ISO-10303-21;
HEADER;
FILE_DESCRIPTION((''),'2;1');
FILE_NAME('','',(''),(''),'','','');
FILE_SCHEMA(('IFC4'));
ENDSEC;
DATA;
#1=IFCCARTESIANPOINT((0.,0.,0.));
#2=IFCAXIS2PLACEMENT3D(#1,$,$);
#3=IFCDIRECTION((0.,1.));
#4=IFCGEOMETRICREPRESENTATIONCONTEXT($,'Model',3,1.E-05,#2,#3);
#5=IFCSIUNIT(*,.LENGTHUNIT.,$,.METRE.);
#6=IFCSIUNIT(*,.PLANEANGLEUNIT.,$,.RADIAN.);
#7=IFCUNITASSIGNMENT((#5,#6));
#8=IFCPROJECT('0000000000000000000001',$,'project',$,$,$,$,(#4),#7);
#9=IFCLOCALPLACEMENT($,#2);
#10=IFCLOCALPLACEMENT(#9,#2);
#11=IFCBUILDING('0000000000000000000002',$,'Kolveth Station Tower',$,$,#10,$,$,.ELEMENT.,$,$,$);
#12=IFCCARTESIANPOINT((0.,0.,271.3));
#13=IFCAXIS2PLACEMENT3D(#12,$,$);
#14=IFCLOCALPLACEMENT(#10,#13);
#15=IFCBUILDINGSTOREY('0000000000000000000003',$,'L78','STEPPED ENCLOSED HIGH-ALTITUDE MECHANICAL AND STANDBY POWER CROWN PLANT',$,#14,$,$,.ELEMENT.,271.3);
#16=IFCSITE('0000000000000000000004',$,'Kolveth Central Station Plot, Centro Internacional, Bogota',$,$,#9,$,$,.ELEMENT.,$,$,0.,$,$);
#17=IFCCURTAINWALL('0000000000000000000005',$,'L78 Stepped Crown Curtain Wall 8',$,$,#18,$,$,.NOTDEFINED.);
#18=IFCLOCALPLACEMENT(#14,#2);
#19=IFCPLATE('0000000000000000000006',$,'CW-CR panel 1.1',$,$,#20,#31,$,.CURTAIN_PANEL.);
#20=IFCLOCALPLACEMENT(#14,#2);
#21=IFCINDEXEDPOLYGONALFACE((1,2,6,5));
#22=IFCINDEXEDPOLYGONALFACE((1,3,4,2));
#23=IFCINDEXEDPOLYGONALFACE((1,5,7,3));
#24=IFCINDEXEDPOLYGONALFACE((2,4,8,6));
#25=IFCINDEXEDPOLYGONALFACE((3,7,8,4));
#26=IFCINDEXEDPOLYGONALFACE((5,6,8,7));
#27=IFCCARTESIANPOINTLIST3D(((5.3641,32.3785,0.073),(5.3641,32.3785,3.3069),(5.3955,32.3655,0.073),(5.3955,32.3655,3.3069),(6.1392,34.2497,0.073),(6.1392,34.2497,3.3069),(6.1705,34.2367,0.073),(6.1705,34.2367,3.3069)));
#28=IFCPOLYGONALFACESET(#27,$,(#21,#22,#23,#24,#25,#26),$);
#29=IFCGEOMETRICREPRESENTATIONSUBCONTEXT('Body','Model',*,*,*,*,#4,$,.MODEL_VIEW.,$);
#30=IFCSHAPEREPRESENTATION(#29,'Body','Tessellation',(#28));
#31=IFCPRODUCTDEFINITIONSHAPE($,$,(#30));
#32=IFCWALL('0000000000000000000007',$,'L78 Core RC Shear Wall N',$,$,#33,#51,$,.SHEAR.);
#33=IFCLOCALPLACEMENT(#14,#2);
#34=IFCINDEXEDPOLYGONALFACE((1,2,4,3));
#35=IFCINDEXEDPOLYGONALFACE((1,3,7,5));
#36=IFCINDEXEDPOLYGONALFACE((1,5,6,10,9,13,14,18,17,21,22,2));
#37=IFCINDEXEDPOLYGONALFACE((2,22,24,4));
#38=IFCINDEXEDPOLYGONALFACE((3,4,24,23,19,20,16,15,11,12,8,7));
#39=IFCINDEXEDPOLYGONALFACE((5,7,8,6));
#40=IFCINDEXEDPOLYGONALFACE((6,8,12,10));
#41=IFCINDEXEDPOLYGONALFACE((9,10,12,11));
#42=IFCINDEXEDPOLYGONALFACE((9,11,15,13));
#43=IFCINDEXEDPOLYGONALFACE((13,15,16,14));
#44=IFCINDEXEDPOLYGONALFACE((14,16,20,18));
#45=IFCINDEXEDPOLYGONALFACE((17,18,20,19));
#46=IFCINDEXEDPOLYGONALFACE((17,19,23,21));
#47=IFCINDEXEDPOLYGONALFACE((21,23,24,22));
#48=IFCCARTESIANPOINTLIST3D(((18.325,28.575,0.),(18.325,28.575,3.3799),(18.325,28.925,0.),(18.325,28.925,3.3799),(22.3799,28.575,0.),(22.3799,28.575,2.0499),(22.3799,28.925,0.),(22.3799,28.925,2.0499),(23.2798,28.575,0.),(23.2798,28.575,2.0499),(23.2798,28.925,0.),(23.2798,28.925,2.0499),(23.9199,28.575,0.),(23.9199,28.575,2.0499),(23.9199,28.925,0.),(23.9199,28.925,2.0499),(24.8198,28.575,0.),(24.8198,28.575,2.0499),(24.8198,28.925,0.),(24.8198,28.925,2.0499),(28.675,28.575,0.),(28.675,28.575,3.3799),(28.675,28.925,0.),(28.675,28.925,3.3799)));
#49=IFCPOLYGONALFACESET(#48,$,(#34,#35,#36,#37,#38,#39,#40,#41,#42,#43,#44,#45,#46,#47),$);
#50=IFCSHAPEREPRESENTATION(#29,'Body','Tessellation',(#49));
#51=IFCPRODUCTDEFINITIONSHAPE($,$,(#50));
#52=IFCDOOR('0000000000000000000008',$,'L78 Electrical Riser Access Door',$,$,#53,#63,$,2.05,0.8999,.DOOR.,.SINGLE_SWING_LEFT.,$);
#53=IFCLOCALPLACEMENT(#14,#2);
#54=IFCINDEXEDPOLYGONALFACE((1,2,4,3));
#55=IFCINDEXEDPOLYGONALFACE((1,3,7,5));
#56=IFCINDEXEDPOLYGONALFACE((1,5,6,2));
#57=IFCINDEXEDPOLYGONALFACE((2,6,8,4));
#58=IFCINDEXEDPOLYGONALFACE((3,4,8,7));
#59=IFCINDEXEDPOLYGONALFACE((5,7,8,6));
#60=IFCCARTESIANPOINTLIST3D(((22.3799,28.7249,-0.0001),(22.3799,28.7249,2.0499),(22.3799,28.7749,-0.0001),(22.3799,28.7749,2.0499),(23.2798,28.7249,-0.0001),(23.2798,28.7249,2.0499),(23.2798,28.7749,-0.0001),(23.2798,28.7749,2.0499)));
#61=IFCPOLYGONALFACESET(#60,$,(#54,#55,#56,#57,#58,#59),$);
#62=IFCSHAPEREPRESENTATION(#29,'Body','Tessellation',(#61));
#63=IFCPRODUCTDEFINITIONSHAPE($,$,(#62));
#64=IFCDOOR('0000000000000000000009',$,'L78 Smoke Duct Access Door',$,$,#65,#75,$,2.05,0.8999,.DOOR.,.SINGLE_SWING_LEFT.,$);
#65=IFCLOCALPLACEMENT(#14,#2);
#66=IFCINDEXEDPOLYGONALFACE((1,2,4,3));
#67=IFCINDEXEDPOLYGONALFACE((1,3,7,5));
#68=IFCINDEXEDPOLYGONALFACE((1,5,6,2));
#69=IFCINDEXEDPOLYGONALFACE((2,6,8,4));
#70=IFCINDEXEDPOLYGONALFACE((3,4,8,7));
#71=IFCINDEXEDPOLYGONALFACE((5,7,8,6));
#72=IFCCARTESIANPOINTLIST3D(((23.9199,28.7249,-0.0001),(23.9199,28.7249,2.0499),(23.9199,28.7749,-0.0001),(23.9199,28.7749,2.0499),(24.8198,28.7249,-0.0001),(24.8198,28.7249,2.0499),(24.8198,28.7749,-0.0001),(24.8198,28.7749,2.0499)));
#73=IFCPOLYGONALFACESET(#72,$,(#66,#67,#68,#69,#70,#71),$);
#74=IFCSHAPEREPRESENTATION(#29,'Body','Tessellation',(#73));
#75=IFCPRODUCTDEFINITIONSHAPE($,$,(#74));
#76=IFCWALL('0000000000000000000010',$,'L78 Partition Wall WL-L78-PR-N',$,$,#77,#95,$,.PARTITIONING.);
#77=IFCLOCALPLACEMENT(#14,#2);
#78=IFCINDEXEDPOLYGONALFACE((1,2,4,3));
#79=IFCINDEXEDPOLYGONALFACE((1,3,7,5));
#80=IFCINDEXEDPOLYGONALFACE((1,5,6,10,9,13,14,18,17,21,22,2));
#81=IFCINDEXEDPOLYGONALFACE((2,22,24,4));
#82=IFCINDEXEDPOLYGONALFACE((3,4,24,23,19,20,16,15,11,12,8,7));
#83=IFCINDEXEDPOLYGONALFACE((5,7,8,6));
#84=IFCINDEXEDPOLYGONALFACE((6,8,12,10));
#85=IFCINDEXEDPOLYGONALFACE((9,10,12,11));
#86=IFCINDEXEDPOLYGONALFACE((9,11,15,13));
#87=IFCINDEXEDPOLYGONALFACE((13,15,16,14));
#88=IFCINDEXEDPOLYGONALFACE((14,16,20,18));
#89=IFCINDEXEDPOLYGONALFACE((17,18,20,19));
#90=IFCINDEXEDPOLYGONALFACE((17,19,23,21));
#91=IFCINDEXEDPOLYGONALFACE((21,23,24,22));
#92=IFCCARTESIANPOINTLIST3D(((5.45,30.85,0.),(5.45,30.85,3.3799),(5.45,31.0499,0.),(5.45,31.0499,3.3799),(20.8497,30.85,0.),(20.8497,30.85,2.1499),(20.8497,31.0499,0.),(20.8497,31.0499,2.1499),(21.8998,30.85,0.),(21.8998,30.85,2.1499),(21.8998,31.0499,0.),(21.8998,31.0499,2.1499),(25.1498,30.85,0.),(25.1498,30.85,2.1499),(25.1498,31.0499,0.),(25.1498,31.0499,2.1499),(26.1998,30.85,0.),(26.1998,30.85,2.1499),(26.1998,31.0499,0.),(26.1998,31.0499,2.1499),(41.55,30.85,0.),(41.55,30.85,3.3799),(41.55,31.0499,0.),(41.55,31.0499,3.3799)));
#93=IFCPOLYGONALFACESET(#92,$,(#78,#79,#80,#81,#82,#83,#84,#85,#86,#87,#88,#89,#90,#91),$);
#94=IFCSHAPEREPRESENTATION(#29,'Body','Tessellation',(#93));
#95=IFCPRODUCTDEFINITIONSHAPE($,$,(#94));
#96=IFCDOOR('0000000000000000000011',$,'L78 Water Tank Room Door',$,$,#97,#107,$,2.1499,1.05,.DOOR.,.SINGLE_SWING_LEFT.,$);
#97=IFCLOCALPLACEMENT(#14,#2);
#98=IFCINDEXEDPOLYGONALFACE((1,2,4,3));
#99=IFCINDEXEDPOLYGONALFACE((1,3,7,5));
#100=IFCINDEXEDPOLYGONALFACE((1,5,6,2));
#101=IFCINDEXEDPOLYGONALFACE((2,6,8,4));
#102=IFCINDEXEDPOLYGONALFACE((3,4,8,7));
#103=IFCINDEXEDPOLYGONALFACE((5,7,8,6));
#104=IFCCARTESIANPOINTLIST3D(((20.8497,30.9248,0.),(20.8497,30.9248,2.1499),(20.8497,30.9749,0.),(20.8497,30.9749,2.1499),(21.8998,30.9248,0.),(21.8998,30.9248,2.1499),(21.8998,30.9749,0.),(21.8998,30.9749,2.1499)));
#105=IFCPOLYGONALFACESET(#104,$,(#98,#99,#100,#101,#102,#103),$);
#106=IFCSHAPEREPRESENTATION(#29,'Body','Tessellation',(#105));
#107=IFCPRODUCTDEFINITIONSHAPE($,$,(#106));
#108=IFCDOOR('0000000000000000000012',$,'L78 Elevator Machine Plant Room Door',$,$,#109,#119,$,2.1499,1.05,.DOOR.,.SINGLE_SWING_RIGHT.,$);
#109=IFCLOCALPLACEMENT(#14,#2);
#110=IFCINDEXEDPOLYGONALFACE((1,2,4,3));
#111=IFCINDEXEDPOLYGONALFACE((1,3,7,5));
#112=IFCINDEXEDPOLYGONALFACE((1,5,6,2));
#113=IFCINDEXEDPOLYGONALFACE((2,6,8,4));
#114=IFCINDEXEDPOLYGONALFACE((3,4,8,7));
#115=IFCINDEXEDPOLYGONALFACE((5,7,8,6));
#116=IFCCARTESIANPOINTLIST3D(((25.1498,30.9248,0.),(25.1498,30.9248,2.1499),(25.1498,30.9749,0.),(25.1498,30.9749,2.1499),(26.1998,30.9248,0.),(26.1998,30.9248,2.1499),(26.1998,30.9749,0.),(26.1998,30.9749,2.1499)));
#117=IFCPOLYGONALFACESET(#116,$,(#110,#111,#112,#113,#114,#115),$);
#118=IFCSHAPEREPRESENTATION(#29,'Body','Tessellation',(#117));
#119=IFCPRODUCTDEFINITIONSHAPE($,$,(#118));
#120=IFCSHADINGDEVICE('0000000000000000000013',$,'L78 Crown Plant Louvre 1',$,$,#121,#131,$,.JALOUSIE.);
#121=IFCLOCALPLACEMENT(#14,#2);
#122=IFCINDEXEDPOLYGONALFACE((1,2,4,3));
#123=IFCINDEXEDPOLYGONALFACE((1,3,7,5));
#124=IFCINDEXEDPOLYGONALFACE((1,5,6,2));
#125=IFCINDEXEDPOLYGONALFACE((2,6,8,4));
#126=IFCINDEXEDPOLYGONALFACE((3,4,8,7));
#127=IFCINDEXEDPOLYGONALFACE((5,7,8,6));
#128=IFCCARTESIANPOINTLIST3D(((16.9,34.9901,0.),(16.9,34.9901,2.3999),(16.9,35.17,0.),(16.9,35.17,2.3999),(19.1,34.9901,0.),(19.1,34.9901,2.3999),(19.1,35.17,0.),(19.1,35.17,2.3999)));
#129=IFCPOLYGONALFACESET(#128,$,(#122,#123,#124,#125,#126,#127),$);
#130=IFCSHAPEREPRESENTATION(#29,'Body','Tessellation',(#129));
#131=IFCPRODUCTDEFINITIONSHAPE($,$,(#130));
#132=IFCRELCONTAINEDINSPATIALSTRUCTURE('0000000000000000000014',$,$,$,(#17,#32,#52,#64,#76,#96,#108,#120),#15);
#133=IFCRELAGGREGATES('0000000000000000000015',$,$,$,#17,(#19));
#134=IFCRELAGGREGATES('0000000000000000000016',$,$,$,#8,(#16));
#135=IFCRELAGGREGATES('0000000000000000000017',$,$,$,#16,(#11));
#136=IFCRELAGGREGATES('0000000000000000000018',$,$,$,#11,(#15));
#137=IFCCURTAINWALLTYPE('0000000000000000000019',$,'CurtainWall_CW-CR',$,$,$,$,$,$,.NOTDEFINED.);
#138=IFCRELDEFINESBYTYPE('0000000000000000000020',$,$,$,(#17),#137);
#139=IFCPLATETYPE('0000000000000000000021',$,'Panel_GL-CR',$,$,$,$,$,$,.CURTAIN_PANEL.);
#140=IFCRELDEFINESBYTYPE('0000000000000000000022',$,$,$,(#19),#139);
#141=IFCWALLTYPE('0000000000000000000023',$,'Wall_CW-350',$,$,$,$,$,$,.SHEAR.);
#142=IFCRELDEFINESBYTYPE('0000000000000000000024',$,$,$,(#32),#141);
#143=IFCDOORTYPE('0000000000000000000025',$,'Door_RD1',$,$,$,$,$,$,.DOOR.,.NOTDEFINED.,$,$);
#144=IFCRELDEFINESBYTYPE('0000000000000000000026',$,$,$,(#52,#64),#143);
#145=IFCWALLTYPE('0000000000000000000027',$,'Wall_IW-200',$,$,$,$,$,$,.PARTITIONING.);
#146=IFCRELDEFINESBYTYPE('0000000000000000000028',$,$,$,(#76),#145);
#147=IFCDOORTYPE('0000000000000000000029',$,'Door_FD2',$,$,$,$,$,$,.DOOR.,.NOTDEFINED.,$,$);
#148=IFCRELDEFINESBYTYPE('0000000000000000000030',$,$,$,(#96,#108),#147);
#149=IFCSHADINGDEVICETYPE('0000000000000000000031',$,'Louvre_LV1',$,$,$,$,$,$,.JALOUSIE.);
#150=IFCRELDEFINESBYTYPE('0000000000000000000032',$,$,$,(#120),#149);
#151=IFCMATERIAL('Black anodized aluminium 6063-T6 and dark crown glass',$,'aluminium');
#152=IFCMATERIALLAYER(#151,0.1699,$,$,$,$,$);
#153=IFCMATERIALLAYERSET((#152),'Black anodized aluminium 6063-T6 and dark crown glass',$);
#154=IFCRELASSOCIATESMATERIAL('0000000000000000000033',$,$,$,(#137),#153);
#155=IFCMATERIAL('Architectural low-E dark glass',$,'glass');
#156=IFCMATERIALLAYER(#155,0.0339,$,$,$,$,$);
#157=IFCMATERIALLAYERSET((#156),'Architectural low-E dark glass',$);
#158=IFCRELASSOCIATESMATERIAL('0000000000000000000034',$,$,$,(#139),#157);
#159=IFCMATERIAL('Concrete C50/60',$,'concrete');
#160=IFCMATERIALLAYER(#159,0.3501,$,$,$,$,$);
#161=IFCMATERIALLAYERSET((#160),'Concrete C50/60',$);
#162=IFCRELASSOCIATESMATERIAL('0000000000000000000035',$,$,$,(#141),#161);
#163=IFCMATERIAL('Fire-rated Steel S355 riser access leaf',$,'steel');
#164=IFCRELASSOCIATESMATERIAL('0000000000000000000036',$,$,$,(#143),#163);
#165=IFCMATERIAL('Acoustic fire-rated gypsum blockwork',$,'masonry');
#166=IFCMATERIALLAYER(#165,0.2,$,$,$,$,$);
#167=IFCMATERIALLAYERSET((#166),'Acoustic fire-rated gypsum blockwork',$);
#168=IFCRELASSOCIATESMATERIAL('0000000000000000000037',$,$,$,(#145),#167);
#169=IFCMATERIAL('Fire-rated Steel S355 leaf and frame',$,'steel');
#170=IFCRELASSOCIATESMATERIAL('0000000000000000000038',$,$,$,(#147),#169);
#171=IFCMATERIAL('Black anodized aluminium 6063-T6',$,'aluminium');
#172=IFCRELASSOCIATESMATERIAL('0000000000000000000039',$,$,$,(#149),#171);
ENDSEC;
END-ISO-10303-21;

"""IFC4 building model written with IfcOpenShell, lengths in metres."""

from ifc_helpers import new_model, si_unit, direction, frame, frame_2d, origin, origin_2d, place, context, subcontext, project, spatial, rectangle, extrude, source, transform, mapped, material, layer, layer_set, type_object, element, fill, aggregate, save


model = new_model("IFC4")

# Units and contexts
model_context = context("Model", 3, precision=1e-05, world=origin(), true_north=direction((0.0, 1.0)))
body_context = subcontext(model_context, "Body", "Model", "MODEL_VIEW")
ifc_project = project(units=[si_unit("LENGTHUNIT", "METRE"), si_unit("PLANEANGLEUNIT", "RADIAN")], contexts=[model_context])

# Site, building, storey
site_placement = place(None, origin())
site = spatial("IfcSite", under=ifc_project, at=site_placement, Name="Kolveth Central Station Plot, Centro Internacional, Bogota", CompositionType="ELEMENT", RefElevation=0.0)
building_placement = place(site_placement, origin())
building = spatial("IfcBuilding", under=site, at=building_placement, Name="Kolveth Station Tower", CompositionType="ELEMENT")
storey_placement = place(building_placement, frame((0.0, 0.0, 271.3)))
storey = spatial("IfcBuildingStorey", under=building, at=storey_placement, Name="L78", Description="STEPPED ENCLOSED HIGH-ALTITUDE MECHANICAL AND STANDBY POWER CROWN PLANT", CompositionType="ELEMENT", Elevation=271.3)

# Shared definitions
ifc_material_1 = material(Name="Black anodized aluminium 6063-T6 and dark crown glass", Category="aluminium")
ifc_layer_1 = layer(ifc_material_1, 0.1699)
ifc_layer_set_1 = layer_set([ifc_layer_1], Name="Black anodized aluminium 6063-T6 and dark crown glass")
curtain_wall_type = type_object("IfcCurtainWallType", Name="CurtainWall_CW-CR", PredefinedType="NOTDEFINED", material=ifc_layer_set_1)
ifc_material_2 = material(Name="Black anodized aluminium 6063-T6", Category="aluminium")

# Curtain wall
curtain_wall_1_placement = place(storey_placement, origin())
curtain_wall_1 = element("IfcCurtainWall", 1, at=curtain_wall_1_placement, inside=storey, type_object=curtain_wall_type, Name="L78 Stepped Crown Curtain Wall 8", PredefinedType="NOTDEFINED")

# Plate
ifc_material_3 = material(Name="Architectural low-E dark glass", Category="glass")
ifc_layer_2 = layer(ifc_material_3, 0.0339)
ifc_layer_set_2 = layer_set([ifc_layer_2], Name="Architectural low-E dark glass")
plate_type_1 = type_object("IfcPlateType", Name="Panel_GL-CR", PredefinedType="CURTAIN_PANEL", material=ifc_layer_set_2)
shared_shape_1 = source(origin(), body_context, "Body", "SweptSolid", [
    extrude(rectangle(XDim=2.0254, YDim=0.0339, at=origin_2d()), origin(), (0.0, 0.0, 1.0), 3.2339),
])
plate_1_placement = place(storey_placement, frame((5.7673, 33.3076, 0.073), z_axis=(0.0, 0.0, 1.0), x_axis=(-0.382658, -0.92389, 0.0)))
plate_1 = element("IfcPlate", 2, at=plate_1_placement, type_object=plate_type_1, Name="CW-CR panel 1.1", PredefinedType="CURTAIN_PANEL", context=body_context, shape_type="MappedRepresentation", body=[
    mapped(shared_shape_1, transform((0.0, 0.0, 0.0), x_axis=(1.0, 0.0, 0.0), y_axis=(0.0, 1.0, 0.0), z_axis=(0.0, 0.0, 1.0), scale=1.0)),
])
aggregate(curtain_wall_1, [plate_1])

# Walls, openings, doors
ifc_material_4 = material(Name="Concrete C50/60", Category="concrete")
ifc_layer_3 = layer(ifc_material_4, 0.3501)
ifc_layer_set_3 = layer_set([ifc_layer_3], Name="Concrete C50/60")
wall_type_1 = type_object("IfcWallType", Name="Wall_CW-350", PredefinedType="SHEAR", material=ifc_layer_set_3)
wall_1_placement = place(storey_placement, frame((18.325, 28.75, 0.0), z_axis=(0.0, 0.0, 1.0), x_axis=(1.0, 0.0, 0.0)))
wall_1 = element("IfcWall", 3, at=wall_1_placement, inside=storey, type_object=wall_type_1, Name="L78 Core RC Shear Wall N", PredefinedType="SHEAR", context=body_context, shape_type="SweptSolid", body=[
    extrude(rectangle(XDim=10.3501, YDim=0.3501, at=frame_2d((5.175, 0.0))), origin(), (0.0, 0.0, 1.0), 3.3799),
])
opening_1_placement = place(wall_1_placement, frame((4.0549, 0.0, 0.0)))
opening_1 = element("IfcOpeningElement", 4, at=opening_1_placement, cuts=wall_1, PredefinedType="OPENING", context=body_context, shape_type="SweptSolid", body=[
    extrude(rectangle(XDim=0.8999, YDim=2.05, at=frame_2d((0.45, 1.0249))), frame((0.0, 0.1851, 0.0), z_axis=(0.0, -1.0, 0.0), x_axis=(1.0, 0.0, 0.0)), (0.0, 0.0, 1.0), 0.3701),
])
opening_2_placement = place(wall_1_placement, frame((5.595, 0.0, 0.0)))
opening_2 = element("IfcOpeningElement", 5, at=opening_2_placement, cuts=wall_1, PredefinedType="OPENING", context=body_context, shape_type="SweptSolid", body=[
    extrude(rectangle(XDim=0.8999, YDim=2.05, at=frame_2d((0.45, 1.0249))), frame((0.0, 0.1851, 0.0), z_axis=(0.0, -1.0, 0.0), x_axis=(1.0, 0.0, 0.0)), (0.0, 0.0, 1.0), 0.3701),
])
ifc_material_5 = material(Name="Fire-rated Steel S355 riser access leaf", Category="steel")
door_type_1 = type_object("IfcDoorType", Name="Door_RD1", OperationType="NOTDEFINED", PredefinedType="DOOR", material=ifc_material_5)
door_1_placement = place(opening_1_placement, origin())
door_1 = element("IfcDoor", 6, at=door_1_placement, inside=storey, type_object=door_type_1, Name="L78 Electrical Riser Access Door", OperationType="SINGLE_SWING_LEFT", OverallHeight=2.05, OverallWidth=0.8999, PredefinedType="DOOR", context=body_context, shape_type="SweptSolid", body=[
    extrude(rectangle(XDim=0.8999, YDim=2.05, at=frame_2d((0.45, 1.0249))), frame((0.0, 0.0249, 0.0), z_axis=(0.0, -1.0, 0.0), x_axis=(1.0, 0.0, 0.0)), (0.0, 0.0, 1.0), 0.05),
])
fill(opening_1, door_1)
door_2_placement = place(opening_2_placement, origin())
door_2 = element("IfcDoor", 7, at=door_2_placement, inside=storey, type_object=door_type_1, Name="L78 Smoke Duct Access Door", OperationType="SINGLE_SWING_LEFT", OverallHeight=2.05, OverallWidth=0.8999, PredefinedType="DOOR", context=body_context, shape_type="SweptSolid", body=[
    extrude(rectangle(XDim=0.8999, YDim=2.05, at=frame_2d((0.45, 1.0249))), frame((0.0, 0.0249, 0.0), z_axis=(0.0, -1.0, 0.0), x_axis=(1.0, 0.0, 0.0)), (0.0, 0.0, 1.0), 0.05),
])
fill(opening_2, door_2)
ifc_material_6 = material(Name="Acoustic fire-rated gypsum blockwork", Category="masonry")
ifc_layer_4 = layer(ifc_material_6, 0.2)
ifc_layer_set_4 = layer_set([ifc_layer_4], Name="Acoustic fire-rated gypsum blockwork")
wall_type_2 = type_object("IfcWallType", Name="Wall_IW-200", PredefinedType="PARTITIONING", material=ifc_layer_set_4)
wall_2_placement = place(storey_placement, frame((5.45, 30.95, 0.0), z_axis=(0.0, 0.0, 1.0), x_axis=(1.0, 0.0, 0.0)))
wall_2 = element("IfcWall", 8, at=wall_2_placement, inside=storey, type_object=wall_type_2, Name="L78 Partition Wall WL-L78-PR-N", PredefinedType="PARTITIONING", context=body_context, shape_type="SweptSolid", body=[
    extrude(rectangle(XDim=36.1001, YDim=0.2, at=frame_2d((18.05, 0.0))), origin(), (0.0, 0.0, 1.0), 3.3799),
])
opening_3_placement = place(wall_2_placement, frame((15.3999, 0.0, 0.0)))
opening_3 = element("IfcOpeningElement", 9, at=opening_3_placement, cuts=wall_2, PredefinedType="OPENING", context=body_context, shape_type="SweptSolid", body=[
    extrude(rectangle(XDim=1.05, YDim=2.1499, at=frame_2d((0.5249, 1.075))), frame((0.0, 0.1099, 0.0), z_axis=(0.0, -1.0, 0.0), x_axis=(1.0, 0.0, 0.0)), (0.0, 0.0, 1.0), 0.22),
])
opening_4_placement = place(wall_2_placement, frame((19.7, 0.0, 0.0)))
opening_4 = element("IfcOpeningElement", 10, at=opening_4_placement, cuts=wall_2, PredefinedType="OPENING", context=body_context, shape_type="SweptSolid", body=[
    extrude(rectangle(XDim=1.05, YDim=2.1499, at=frame_2d((0.5249, 1.075))), frame((0.0, 0.1099, 0.0), z_axis=(0.0, -1.0, 0.0), x_axis=(1.0, 0.0, 0.0)), (0.0, 0.0, 1.0), 0.22),
])
ifc_material_7 = material(Name="Fire-rated Steel S355 leaf and frame", Category="steel")
door_type_2 = type_object("IfcDoorType", Name="Door_FD2", OperationType="NOTDEFINED", PredefinedType="DOOR", material=ifc_material_7)
door_3_placement = place(opening_3_placement, origin())
door_3 = element("IfcDoor", 11, at=door_3_placement, inside=storey, type_object=door_type_2, Name="L78 Water Tank Room Door", OperationType="SINGLE_SWING_LEFT", OverallHeight=2.1499, OverallWidth=1.05, PredefinedType="DOOR", context=body_context, shape_type="SweptSolid", body=[
    extrude(rectangle(XDim=1.05, YDim=2.1499, at=frame_2d((0.5249, 1.075))), frame((0.0, 0.0249, 0.0), z_axis=(0.0, -1.0, 0.0), x_axis=(1.0, 0.0, 0.0)), (0.0, 0.0, 1.0), 0.05),
])
fill(opening_3, door_3)
door_4_placement = place(opening_4_placement, origin())
door_4 = element("IfcDoor", 12, at=door_4_placement, inside=storey, type_object=door_type_2, Name="L78 Elevator Machine Plant Room Door", OperationType="SINGLE_SWING_RIGHT", OverallHeight=2.1499, OverallWidth=1.05, PredefinedType="DOOR", context=body_context, shape_type="SweptSolid", body=[
    extrude(rectangle(XDim=1.05, YDim=2.1499, at=frame_2d((0.5249, 1.075))), frame((0.0, 0.0249, 0.0), z_axis=(0.0, -1.0, 0.0), x_axis=(1.0, 0.0, 0.0)), (0.0, 0.0, 1.0), 0.05),
])
fill(opening_4, door_4)

# Shading device
shading_device_type = type_object("IfcShadingDeviceType", Name="Louvre_LV1", PredefinedType="JALOUSIE", material=ifc_material_2)
shared_shape_2 = source(origin(), body_context, "Body", "SweptSolid", [
    extrude(rectangle(XDim=2.2, YDim=0.1799, at=origin_2d()), origin(), (0.0, 0.0, 1.0), 2.3999),
])
shading_device_placement = place(storey_placement, frame((18.0, 35.0801, 0.0), z_axis=(0.0, 0.0, 1.0), x_axis=(1.0, 0.0, 0.0)))
element("IfcShadingDevice", 13, at=shading_device_placement, inside=storey, type_object=shading_device_type, Name="L78 Crown Plant Louvre 1", PredefinedType="JALOUSIE", context=body_context, shape_type="MappedRepresentation", body=[
    mapped(shared_shape_2, transform((0.0, 0.0, 0.0), x_axis=(1.0, 0.0, 0.0), y_axis=(0.0, 1.0, 0.0), z_axis=(0.0, 0.0, 1.0), scale=1.0)),
])

save(model, "model.ifc")
